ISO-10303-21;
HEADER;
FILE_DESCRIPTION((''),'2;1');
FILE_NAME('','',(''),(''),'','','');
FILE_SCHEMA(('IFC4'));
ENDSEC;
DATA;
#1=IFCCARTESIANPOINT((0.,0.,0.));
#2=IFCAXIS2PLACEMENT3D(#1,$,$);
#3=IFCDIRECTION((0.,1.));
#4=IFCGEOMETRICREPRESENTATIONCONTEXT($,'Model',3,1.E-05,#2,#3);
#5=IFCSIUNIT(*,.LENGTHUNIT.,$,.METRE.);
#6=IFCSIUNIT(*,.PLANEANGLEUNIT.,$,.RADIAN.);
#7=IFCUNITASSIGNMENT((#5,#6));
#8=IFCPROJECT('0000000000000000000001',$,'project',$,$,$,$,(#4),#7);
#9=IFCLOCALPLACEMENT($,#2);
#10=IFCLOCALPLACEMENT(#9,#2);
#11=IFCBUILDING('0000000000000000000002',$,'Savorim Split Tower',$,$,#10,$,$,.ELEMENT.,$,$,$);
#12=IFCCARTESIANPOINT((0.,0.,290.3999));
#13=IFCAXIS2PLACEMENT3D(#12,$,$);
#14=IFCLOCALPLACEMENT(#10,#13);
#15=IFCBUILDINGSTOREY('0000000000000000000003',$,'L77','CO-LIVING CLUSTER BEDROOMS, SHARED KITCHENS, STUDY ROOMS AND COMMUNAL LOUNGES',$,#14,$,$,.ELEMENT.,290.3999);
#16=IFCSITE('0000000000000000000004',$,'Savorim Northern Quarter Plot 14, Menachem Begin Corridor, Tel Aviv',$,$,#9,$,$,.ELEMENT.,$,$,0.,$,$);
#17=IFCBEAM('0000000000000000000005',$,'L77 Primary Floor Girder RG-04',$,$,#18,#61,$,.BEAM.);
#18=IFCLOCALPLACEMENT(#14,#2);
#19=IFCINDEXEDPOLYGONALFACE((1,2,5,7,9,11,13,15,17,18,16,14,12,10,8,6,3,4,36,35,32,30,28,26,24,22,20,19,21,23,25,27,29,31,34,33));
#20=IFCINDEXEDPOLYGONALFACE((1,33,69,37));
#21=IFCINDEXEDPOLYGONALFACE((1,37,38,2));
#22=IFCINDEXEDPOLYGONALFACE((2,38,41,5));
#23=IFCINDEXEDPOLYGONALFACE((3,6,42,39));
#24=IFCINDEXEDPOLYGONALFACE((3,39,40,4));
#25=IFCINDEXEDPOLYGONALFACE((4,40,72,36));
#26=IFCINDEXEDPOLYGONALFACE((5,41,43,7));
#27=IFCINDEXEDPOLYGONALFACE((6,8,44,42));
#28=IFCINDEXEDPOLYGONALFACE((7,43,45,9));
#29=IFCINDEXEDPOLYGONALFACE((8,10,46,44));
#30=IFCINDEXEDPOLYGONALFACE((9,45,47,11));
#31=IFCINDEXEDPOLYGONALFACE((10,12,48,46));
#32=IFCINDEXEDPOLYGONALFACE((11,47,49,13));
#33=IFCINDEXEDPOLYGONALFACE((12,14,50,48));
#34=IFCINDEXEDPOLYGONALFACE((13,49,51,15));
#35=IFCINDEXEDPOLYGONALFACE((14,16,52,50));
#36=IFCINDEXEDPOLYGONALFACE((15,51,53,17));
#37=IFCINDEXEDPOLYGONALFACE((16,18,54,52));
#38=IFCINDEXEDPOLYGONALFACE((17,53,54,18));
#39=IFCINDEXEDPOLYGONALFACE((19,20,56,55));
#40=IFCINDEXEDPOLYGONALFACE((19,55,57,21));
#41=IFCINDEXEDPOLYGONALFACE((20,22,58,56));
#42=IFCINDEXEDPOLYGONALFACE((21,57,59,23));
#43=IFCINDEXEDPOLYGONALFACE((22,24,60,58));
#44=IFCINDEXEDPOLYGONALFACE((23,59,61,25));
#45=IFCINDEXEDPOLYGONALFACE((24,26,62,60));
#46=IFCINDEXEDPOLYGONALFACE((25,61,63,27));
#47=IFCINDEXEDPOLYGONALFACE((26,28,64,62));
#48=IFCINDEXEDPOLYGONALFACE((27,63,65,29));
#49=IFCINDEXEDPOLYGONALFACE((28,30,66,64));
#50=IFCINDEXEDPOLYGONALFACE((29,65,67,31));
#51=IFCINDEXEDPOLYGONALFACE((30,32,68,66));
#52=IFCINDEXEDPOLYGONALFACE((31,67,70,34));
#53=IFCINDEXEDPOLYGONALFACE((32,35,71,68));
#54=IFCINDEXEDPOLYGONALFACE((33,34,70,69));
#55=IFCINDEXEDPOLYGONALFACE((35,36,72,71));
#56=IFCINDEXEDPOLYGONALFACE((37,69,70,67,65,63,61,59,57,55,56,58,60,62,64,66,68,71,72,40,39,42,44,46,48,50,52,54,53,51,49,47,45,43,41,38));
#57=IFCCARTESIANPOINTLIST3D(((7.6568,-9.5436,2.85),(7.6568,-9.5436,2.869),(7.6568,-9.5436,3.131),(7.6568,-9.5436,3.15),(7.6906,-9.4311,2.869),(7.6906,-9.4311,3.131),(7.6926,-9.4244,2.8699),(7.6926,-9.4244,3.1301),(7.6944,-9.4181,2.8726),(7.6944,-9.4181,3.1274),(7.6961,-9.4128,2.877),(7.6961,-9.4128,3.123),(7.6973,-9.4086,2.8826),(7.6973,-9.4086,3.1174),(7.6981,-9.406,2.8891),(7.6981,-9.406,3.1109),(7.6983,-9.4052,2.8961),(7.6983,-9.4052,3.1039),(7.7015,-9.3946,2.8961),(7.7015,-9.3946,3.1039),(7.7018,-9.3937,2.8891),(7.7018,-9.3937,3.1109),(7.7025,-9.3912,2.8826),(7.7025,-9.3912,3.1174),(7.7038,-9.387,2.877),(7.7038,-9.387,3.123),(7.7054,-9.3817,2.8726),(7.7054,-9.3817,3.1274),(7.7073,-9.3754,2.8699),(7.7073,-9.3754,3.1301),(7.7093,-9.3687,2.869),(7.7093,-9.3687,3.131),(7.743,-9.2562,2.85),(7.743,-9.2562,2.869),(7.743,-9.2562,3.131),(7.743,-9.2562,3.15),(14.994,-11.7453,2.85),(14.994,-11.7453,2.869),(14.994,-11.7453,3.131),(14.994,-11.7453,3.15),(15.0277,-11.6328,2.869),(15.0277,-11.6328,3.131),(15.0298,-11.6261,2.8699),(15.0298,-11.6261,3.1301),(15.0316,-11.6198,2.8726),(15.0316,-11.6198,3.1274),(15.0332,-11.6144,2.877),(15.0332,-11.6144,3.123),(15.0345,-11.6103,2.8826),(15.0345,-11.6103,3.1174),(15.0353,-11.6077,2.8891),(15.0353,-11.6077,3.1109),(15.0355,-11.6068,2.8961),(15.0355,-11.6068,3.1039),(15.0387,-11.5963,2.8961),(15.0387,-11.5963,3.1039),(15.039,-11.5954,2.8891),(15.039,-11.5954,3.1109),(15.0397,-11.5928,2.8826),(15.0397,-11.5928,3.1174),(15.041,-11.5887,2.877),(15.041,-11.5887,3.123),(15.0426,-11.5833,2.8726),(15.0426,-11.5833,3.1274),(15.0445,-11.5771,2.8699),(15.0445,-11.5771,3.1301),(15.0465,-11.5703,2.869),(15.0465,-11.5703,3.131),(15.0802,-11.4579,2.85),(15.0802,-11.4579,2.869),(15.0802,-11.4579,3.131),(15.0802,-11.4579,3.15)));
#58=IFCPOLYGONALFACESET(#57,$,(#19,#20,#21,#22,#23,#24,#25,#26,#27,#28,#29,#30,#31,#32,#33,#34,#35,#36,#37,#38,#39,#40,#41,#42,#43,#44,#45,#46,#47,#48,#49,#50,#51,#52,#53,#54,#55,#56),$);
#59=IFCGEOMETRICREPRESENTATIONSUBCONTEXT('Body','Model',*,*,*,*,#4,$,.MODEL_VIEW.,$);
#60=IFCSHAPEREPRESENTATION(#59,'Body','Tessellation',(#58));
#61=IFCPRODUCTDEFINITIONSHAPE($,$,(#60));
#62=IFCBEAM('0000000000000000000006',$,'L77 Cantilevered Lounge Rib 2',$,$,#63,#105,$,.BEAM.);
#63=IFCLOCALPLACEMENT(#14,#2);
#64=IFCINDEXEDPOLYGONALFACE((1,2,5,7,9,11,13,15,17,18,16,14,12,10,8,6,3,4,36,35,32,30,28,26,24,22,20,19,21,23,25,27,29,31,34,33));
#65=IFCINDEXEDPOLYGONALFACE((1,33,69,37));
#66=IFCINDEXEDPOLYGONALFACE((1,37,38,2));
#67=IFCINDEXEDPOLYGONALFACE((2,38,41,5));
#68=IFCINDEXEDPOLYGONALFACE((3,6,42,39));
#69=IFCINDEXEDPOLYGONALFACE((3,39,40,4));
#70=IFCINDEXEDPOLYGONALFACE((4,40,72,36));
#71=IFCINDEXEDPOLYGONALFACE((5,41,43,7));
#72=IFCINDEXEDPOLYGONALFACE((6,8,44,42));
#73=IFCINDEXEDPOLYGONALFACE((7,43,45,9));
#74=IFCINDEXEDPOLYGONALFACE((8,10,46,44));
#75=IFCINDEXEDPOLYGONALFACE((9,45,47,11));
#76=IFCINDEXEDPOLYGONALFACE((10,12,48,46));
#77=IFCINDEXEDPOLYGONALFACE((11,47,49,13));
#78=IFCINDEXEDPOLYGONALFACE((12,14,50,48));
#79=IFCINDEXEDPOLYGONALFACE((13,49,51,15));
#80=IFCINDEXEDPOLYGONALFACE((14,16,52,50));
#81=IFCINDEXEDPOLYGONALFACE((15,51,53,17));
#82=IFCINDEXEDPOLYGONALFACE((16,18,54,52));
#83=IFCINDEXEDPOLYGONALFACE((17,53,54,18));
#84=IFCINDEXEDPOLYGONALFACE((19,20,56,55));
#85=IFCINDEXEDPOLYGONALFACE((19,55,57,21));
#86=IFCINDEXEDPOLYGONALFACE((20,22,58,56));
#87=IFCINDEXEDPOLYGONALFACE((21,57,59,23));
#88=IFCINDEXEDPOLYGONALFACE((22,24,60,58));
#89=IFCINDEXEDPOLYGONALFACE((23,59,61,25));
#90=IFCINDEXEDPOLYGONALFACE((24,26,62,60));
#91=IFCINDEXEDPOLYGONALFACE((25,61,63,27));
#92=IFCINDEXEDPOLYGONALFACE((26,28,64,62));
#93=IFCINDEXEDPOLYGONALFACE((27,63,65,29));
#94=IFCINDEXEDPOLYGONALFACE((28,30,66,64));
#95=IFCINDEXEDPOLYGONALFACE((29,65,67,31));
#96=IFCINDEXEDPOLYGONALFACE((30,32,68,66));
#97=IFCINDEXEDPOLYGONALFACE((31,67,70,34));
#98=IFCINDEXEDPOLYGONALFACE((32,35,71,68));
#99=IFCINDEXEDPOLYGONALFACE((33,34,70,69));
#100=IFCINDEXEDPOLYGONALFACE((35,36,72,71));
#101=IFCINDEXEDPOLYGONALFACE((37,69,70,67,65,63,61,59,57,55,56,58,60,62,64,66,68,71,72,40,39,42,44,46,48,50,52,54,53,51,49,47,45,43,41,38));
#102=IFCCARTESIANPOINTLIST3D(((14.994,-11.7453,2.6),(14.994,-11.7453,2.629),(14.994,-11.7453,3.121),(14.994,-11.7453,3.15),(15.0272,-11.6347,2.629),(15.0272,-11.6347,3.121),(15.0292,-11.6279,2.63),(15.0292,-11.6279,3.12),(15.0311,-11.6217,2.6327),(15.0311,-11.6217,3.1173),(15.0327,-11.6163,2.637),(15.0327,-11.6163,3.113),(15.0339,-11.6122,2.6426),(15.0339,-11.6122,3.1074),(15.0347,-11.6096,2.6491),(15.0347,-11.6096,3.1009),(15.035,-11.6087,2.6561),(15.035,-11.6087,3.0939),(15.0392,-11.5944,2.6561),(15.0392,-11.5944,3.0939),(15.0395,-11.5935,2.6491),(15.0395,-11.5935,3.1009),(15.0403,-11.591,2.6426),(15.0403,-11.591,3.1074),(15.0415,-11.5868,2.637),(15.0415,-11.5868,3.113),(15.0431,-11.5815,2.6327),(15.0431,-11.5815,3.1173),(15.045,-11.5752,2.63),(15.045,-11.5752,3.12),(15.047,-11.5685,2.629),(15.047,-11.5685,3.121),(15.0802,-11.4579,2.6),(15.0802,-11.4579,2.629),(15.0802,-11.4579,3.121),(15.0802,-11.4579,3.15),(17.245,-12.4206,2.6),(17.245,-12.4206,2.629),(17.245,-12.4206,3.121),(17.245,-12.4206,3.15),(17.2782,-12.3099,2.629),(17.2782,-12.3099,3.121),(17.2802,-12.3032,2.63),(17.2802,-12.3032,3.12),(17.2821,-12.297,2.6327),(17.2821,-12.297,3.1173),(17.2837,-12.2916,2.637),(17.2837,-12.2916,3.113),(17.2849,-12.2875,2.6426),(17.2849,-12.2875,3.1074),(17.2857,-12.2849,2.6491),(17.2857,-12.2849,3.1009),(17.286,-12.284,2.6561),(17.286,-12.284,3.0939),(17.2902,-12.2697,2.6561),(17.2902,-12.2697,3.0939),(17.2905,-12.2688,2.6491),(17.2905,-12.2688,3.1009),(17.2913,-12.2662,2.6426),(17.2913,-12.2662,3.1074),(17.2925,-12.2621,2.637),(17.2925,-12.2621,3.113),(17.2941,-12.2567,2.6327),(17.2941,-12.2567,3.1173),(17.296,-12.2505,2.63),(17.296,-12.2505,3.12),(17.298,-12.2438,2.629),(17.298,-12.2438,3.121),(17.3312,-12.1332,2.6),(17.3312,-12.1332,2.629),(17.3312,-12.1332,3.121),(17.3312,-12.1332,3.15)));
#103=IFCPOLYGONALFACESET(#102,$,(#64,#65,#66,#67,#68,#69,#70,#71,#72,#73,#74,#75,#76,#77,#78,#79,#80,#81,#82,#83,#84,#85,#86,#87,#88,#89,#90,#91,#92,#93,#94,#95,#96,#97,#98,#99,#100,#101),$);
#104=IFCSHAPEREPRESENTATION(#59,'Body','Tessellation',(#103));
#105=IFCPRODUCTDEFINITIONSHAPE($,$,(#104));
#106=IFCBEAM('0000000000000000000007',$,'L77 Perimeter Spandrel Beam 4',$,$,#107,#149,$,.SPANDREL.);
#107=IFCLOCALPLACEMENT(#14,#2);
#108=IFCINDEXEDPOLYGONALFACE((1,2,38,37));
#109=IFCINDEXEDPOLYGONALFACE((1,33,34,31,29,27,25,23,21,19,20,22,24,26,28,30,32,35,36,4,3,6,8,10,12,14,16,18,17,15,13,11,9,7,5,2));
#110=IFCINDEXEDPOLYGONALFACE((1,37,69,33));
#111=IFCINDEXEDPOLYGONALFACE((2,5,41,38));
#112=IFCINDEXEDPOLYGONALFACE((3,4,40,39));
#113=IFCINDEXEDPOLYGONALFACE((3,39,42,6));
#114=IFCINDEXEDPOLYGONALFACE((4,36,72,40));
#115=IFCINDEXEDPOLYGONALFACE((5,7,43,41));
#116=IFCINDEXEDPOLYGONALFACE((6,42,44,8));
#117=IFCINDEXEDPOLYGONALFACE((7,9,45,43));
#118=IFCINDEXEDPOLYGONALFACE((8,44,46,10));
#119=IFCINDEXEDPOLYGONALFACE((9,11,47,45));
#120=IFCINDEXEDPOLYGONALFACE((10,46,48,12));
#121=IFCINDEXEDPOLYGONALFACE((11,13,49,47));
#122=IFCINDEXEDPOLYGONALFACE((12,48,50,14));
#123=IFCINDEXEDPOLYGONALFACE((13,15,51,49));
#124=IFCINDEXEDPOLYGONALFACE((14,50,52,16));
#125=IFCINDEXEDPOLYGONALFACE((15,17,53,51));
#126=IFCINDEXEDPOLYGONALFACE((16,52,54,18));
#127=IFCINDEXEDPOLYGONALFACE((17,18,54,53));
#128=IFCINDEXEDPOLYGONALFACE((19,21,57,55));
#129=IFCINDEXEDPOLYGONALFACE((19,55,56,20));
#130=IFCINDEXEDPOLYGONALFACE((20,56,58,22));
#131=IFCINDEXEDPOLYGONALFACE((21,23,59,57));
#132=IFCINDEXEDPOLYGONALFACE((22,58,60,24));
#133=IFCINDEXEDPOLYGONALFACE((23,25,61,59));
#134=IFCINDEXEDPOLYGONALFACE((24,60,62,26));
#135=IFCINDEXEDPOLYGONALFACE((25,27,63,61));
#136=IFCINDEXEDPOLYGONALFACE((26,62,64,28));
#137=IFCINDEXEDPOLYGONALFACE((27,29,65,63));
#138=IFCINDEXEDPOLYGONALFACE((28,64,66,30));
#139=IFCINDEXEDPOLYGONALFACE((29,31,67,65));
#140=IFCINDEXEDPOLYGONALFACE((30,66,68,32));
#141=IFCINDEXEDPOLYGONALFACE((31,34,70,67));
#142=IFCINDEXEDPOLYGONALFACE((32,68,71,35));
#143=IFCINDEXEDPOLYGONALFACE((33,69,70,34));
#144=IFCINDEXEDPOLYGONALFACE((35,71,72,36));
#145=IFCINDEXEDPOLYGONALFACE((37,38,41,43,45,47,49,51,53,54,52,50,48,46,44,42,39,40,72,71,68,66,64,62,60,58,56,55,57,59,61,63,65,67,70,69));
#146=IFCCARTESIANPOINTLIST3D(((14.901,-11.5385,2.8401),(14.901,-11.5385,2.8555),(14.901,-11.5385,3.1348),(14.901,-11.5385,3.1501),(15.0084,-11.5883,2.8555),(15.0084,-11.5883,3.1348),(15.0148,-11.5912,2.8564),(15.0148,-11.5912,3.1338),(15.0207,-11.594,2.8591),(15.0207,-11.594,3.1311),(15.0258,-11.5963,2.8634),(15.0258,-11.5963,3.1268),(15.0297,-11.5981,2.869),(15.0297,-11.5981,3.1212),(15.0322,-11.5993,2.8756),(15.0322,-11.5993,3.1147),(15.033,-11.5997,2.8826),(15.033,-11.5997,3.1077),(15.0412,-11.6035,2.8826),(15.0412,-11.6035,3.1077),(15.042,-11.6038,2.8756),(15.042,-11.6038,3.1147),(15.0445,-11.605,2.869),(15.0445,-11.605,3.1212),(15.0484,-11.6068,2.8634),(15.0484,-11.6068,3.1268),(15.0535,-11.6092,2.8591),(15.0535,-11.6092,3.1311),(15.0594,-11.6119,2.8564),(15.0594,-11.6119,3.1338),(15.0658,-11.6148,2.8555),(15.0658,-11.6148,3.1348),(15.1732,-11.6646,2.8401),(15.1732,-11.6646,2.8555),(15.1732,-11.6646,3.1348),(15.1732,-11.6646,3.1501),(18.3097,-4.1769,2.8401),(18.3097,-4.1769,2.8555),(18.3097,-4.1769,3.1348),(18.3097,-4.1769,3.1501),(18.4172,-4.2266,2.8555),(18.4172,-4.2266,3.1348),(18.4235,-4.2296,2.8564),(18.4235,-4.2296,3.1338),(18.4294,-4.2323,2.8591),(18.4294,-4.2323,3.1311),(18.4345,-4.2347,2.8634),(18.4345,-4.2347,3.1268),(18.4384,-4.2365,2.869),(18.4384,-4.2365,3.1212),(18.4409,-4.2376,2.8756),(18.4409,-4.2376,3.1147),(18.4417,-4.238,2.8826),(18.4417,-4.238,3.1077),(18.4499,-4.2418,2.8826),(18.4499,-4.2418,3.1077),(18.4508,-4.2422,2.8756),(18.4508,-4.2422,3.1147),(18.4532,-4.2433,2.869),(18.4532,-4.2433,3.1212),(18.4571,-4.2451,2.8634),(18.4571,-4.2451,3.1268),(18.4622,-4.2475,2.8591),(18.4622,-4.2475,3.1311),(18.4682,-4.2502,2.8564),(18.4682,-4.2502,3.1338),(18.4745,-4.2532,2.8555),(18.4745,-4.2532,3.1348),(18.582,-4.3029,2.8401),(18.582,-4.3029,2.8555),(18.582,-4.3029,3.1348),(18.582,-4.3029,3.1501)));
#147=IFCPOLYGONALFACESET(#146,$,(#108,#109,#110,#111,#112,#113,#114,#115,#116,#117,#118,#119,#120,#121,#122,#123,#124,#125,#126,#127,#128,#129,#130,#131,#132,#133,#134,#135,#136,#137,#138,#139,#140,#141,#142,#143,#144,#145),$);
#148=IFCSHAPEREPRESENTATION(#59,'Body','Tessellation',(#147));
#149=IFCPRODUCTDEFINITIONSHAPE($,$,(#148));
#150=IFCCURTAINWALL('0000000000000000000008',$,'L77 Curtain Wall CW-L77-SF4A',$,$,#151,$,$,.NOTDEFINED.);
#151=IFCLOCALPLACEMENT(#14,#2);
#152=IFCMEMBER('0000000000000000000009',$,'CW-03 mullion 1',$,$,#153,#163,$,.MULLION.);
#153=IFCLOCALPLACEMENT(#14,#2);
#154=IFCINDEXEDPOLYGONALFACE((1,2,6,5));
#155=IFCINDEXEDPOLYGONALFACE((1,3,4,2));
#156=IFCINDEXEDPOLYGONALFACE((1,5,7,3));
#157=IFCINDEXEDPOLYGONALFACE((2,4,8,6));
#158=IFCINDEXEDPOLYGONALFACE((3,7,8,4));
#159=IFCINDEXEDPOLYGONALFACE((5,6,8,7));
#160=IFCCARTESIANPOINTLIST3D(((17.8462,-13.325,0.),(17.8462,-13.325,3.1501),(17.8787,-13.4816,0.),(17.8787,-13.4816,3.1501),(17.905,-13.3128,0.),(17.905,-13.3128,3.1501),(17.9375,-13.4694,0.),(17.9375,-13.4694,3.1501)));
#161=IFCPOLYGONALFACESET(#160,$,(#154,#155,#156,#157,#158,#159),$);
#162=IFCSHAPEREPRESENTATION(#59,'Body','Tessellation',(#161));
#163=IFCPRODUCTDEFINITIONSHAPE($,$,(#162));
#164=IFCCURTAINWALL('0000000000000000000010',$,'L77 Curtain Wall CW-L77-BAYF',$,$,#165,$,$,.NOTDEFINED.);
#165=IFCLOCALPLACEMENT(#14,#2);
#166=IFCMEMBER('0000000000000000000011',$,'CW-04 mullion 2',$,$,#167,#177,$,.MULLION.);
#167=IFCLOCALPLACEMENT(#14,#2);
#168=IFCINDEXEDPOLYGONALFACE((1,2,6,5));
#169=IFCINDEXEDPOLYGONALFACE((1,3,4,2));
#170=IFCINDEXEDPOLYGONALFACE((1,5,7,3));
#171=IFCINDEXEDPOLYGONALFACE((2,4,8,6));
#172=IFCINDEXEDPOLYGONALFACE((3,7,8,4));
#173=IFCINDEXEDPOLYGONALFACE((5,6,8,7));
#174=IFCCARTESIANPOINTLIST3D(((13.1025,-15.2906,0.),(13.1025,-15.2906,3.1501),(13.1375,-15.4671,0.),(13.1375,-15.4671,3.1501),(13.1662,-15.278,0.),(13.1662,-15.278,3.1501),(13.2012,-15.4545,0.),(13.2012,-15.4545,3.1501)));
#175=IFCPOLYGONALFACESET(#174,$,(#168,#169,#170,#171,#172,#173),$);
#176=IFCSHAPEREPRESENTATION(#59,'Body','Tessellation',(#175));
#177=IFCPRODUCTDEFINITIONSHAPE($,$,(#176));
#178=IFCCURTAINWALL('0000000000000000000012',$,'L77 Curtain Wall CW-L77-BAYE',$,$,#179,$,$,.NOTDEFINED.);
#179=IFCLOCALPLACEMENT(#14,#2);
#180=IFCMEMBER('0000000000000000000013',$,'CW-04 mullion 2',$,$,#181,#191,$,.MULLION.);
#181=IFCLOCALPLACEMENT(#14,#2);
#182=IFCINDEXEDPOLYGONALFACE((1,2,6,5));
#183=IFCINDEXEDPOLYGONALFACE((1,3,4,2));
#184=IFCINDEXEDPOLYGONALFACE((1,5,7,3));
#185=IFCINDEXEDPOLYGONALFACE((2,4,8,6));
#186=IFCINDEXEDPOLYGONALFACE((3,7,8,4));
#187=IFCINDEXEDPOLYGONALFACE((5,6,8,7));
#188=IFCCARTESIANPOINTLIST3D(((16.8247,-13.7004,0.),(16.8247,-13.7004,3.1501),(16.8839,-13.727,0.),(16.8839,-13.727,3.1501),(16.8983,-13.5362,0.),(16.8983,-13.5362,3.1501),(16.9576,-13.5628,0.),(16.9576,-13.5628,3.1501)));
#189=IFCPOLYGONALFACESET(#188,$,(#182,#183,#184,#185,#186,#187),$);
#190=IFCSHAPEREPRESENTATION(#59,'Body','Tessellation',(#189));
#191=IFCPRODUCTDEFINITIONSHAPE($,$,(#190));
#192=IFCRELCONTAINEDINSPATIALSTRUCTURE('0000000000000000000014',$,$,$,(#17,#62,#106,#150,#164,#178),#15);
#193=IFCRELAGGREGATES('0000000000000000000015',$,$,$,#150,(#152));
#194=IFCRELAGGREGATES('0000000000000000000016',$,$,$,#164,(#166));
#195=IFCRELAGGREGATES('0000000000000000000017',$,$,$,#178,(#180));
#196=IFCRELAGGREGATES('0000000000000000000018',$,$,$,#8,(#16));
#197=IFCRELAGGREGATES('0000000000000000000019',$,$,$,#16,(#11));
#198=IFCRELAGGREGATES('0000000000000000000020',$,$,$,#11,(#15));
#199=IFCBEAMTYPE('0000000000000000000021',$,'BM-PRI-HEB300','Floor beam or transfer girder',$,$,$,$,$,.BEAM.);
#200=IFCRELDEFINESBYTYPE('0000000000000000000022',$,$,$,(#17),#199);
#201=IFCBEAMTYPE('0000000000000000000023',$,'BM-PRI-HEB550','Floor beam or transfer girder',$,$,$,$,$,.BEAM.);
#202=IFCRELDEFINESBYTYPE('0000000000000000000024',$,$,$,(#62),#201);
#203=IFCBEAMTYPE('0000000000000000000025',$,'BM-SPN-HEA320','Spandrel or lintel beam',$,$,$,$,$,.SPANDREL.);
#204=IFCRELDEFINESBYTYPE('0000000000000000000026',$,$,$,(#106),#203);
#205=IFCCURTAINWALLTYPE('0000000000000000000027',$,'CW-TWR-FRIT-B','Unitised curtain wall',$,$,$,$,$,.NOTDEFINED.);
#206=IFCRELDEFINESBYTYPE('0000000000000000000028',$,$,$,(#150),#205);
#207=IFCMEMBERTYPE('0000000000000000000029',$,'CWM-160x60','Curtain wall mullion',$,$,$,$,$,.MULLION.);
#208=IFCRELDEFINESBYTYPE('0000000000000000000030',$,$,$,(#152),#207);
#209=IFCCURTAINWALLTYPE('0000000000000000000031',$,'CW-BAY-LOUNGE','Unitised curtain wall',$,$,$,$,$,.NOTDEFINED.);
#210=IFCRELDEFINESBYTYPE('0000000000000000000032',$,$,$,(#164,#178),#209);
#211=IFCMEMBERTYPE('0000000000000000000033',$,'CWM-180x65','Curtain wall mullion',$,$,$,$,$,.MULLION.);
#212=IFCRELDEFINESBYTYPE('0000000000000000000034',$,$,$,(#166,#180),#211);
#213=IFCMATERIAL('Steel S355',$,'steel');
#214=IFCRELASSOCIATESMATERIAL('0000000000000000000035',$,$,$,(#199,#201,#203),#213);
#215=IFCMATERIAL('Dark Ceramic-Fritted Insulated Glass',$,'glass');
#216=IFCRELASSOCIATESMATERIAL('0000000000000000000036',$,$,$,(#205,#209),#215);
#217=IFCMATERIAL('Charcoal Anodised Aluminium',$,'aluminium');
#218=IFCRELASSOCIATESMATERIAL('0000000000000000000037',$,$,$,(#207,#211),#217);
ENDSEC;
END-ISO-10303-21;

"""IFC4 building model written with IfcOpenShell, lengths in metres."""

from ifc_helpers import new_model, si_unit, direction, frame, origin, origin_2d, place, context, subcontext, project, spatial, rectangle, i_section, extrude, material, material_profile, profile_set, type_object, element, aggregate, save


model = new_model("IFC4")

# Units and contexts
model_context = context("Model", 3, precision=1e-05, world=origin(), true_north=direction((0.0, 1.0)))
body_context = subcontext(model_context, "Body", "Model", "MODEL_VIEW")
ifc_project = project(units=[si_unit("LENGTHUNIT", "METRE"), si_unit("PLANEANGLEUNIT", "RADIAN")], contexts=[model_context])

# Site, building, storey
site_placement = place(None, origin())
site = spatial("IfcSite", under=ifc_project, at=site_placement, Name="Savorim Northern Quarter Plot 14, Menachem Begin Corridor, Tel Aviv", CompositionType="ELEMENT", RefElevation=0.0)
building_placement = place(site_placement, origin())
building = spatial("IfcBuilding", under=site, at=building_placement, Name="Savorim Split Tower", CompositionType="ELEMENT")
storey_placement = place(building_placement, frame((0.0, 0.0, 290.3999)))
storey = spatial("IfcBuildingStorey", under=building, at=storey_placement, Name="L77", Description="CO-LIVING CLUSTER BEDROOMS, SHARED KITCHENS, STUDY ROOMS AND COMMUNAL LOUNGES", CompositionType="ELEMENT", Elevation=290.3999)

# Shared definitions
ifc_material_1 = material(Name="Steel S355", Category="steel")

# Beams
ifc_material_profile_1 = material_profile(ifc_material_1, i_section(OverallWidth=0.3, OverallDepth=0.3, WebThickness=0.011, FlangeThickness=0.019, FilletRadius=0.0271, at=origin_2d()), Name="HEB 300")
ifc_profile_set_1 = profile_set([ifc_material_profile_1], Name="Steel S355")
beam_type_1 = type_object("IfcBeamType", Name="BM-PRI-HEB300", Description="Floor beam or transfer girder", PredefinedType="BEAM", material=ifc_profile_set_1)
beam_1_placement = place(storey_placement, frame((15.0371, -11.6016, 3.0), z_axis=(-0.957808, 0.287409, 0.0), x_axis=(-0.287409, -0.957808, 0.0)))
element("IfcBeam", 1, at=beam_1_placement, inside=storey, type_object=beam_type_1, Name="L77 Primary Floor Girder RG-04", PredefinedType="BEAM", context=body_context, shape_type="SweptSolid", body=[
    extrude(i_section(OverallWidth=0.3, OverallDepth=0.3, WebThickness=0.011, FlangeThickness=0.019, FilletRadius=0.0271, at=origin_2d()), origin(), (0.0, 0.0, 1.0), 7.6604),
])
ifc_material_profile_2 = material_profile(ifc_material_1, i_section(OverallWidth=0.3, OverallDepth=0.55, WebThickness=0.0149, FlangeThickness=0.0291, FilletRadius=0.0271, at=origin_2d()), Name="HEB 550")
ifc_profile_set_2 = profile_set([ifc_material_profile_2], Name="Steel S355")
beam_type_2 = type_object("IfcBeamType", Name="BM-PRI-HEB550", Description="Floor beam or transfer girder", PredefinedType="BEAM", material=ifc_profile_set_2)
beam_2_placement = place(storey_placement, frame((15.0371, -11.6016, 2.875), z_axis=(0.957826, -0.287348, 0.0), x_axis=(0.287348, 0.957826, 0.0)))
element("IfcBeam", 2, at=beam_2_placement, inside=storey, type_object=beam_type_2, Name="L77 Cantilevered Lounge Rib 2", PredefinedType="BEAM", context=body_context, shape_type="SweptSolid", body=[
    extrude(i_section(OverallWidth=0.3, OverallDepth=0.55, WebThickness=0.0149, FlangeThickness=0.0291, FilletRadius=0.0271, at=origin_2d()), origin(), (0.0, 0.0, 1.0), 2.3501),
])
ifc_material_profile_3 = material_profile(ifc_material_1, i_section(OverallWidth=0.3, OverallDepth=0.3101, WebThickness=0.009, FlangeThickness=0.0154, FilletRadius=0.0271, at=origin_2d()), Name="HEA 320")
ifc_profile_set_3 = profile_set([ifc_material_profile_3], Name="Steel S355")
beam_type_3 = type_object("IfcBeamType", Name="BM-SPN-HEA320", Description="Spandrel or lintel beam", PredefinedType="SPANDREL", material=ifc_profile_set_3)
beam_3_placement = place(storey_placement, frame((15.0371, -11.6016, 2.9951), z_axis=(0.42018, 0.907441, 0.0), x_axis=(-0.907441, 0.42018, 0.0)))
element("IfcBeam", 3, at=beam_3_placement, inside=storey, type_object=beam_type_3, Name="L77 Perimeter Spandrel Beam 4", PredefinedType="SPANDREL", context=body_context, shape_type="SweptSolid", body=[
    extrude(i_section(OverallWidth=0.3, OverallDepth=0.3101, WebThickness=0.009, FlangeThickness=0.0154, FilletRadius=0.0271, at=origin_2d()), origin(), (0.0, 0.0, 1.0), 8.1125),
])

# Curtain walls, members
ifc_material_2 = material(Name="Dark Ceramic-Fritted Insulated Glass", Category="glass")
curtain_wall_type_1 = type_object("IfcCurtainWallType", Name="CW-TWR-FRIT-B", Description="Unitised curtain wall", PredefinedType="NOTDEFINED", material=ifc_material_2)
curtain_wall_1_placement = place(storey_placement, origin())
curtain_wall_1 = element("IfcCurtainWall", 4, at=curtain_wall_1_placement, inside=storey, type_object=curtain_wall_type_1, Name="L77 Curtain Wall CW-L77-SF4A", PredefinedType="NOTDEFINED")
ifc_material_3 = material(Name="Charcoal Anodised Aluminium", Category="aluminium")
ifc_material_profile_4 = material_profile(ifc_material_3, rectangle(XDim=0.1599, YDim=0.0601, at=origin_2d()), Name="ALU-M 160x60")
ifc_profile_set_4 = profile_set([ifc_material_profile_4], Name="Charcoal Anodised Aluminium")
member_type_1 = type_object("IfcMemberType", Name="CWM-160x60", Description="Curtain wall mullion", PredefinedType="MULLION", material=ifc_profile_set_4)
member_1_placement = place(storey_placement, frame((17.8918, -13.3972, 0.0), z_axis=(0.0, 0.0, 1.0), x_axis=(-0.20322, 0.979133, 0.0)))
member_1 = element("IfcMember", 5, at=member_1_placement, type_object=member_type_1, Name="CW-03 mullion 1", PredefinedType="MULLION", context=body_context, shape_type="SweptSolid", body=[
    extrude(rectangle(XDim=0.1599, YDim=0.0601, at=origin_2d()), origin(), (0.0, 0.0, 1.0), 3.1501),
])
aggregate(curtain_wall_1, [member_1])
curtain_wall_type_2 = type_object("IfcCurtainWallType", Name="CW-BAY-LOUNGE", Description="Unitised curtain wall", PredefinedType="NOTDEFINED", material=ifc_material_2)
curtain_wall_2_placement = place(storey_placement, origin())
curtain_wall_2 = element("IfcCurtainWall", 6, at=curtain_wall_2_placement, inside=storey, type_object=curtain_wall_type_2, Name="L77 Curtain Wall CW-L77-BAYF", PredefinedType="NOTDEFINED")
ifc_material_profile_5 = material_profile(ifc_material_3, rectangle(XDim=0.1799, YDim=0.0649, at=origin_2d()), Name="ALU-M 180x65")
ifc_profile_set_5 = profile_set([ifc_material_profile_5], Name="Charcoal Anodised Aluminium")
member_type_2 = type_object("IfcMemberType", Name="CWM-180x65", Description="Curtain wall mullion", PredefinedType="MULLION", material=ifc_profile_set_5)
member_2_placement = place(storey_placement, frame((13.1519, -15.3726, 0.0), z_axis=(0.0, 0.0, 1.0), x_axis=(-0.194484, 0.980906, 0.0)))
member_2 = element("IfcMember", 7, at=member_2_placement, type_object=member_type_2, Name="CW-04 mullion 2", PredefinedType="MULLION", context=body_context, shape_type="SweptSolid", body=[
    extrude(rectangle(XDim=0.1799, YDim=0.0649, at=origin_2d()), origin(), (0.0, 0.0, 1.0), 3.1501),
])
curtain_wall_3_placement = place(storey_placement, origin())
curtain_wall_3 = element("IfcCurtainWall", 8, at=curtain_wall_3_placement, inside=storey, type_object=curtain_wall_type_2, Name="L77 Curtain Wall CW-L77-BAYE", PredefinedType="NOTDEFINED")
member_3_placement = place(storey_placement, frame((16.8911, -13.6316, 0.0), z_axis=(0.0, 0.0, 1.0), x_axis=(-0.409231, -0.912431, 0.0)))
member_3 = element("IfcMember", 9, at=member_3_placement, type_object=member_type_2, Name="CW-04 mullion 2", PredefinedType="MULLION", context=body_context, shape_type="SweptSolid", body=[
    extrude(rectangle(XDim=0.1799, YDim=0.0649, at=origin_2d()), origin(), (0.0, 0.0, 1.0), 3.1501),
])

aggregate(curtain_wall_2, [member_2])
aggregate(curtain_wall_3, [member_3])

save(model, "model.ifc")
